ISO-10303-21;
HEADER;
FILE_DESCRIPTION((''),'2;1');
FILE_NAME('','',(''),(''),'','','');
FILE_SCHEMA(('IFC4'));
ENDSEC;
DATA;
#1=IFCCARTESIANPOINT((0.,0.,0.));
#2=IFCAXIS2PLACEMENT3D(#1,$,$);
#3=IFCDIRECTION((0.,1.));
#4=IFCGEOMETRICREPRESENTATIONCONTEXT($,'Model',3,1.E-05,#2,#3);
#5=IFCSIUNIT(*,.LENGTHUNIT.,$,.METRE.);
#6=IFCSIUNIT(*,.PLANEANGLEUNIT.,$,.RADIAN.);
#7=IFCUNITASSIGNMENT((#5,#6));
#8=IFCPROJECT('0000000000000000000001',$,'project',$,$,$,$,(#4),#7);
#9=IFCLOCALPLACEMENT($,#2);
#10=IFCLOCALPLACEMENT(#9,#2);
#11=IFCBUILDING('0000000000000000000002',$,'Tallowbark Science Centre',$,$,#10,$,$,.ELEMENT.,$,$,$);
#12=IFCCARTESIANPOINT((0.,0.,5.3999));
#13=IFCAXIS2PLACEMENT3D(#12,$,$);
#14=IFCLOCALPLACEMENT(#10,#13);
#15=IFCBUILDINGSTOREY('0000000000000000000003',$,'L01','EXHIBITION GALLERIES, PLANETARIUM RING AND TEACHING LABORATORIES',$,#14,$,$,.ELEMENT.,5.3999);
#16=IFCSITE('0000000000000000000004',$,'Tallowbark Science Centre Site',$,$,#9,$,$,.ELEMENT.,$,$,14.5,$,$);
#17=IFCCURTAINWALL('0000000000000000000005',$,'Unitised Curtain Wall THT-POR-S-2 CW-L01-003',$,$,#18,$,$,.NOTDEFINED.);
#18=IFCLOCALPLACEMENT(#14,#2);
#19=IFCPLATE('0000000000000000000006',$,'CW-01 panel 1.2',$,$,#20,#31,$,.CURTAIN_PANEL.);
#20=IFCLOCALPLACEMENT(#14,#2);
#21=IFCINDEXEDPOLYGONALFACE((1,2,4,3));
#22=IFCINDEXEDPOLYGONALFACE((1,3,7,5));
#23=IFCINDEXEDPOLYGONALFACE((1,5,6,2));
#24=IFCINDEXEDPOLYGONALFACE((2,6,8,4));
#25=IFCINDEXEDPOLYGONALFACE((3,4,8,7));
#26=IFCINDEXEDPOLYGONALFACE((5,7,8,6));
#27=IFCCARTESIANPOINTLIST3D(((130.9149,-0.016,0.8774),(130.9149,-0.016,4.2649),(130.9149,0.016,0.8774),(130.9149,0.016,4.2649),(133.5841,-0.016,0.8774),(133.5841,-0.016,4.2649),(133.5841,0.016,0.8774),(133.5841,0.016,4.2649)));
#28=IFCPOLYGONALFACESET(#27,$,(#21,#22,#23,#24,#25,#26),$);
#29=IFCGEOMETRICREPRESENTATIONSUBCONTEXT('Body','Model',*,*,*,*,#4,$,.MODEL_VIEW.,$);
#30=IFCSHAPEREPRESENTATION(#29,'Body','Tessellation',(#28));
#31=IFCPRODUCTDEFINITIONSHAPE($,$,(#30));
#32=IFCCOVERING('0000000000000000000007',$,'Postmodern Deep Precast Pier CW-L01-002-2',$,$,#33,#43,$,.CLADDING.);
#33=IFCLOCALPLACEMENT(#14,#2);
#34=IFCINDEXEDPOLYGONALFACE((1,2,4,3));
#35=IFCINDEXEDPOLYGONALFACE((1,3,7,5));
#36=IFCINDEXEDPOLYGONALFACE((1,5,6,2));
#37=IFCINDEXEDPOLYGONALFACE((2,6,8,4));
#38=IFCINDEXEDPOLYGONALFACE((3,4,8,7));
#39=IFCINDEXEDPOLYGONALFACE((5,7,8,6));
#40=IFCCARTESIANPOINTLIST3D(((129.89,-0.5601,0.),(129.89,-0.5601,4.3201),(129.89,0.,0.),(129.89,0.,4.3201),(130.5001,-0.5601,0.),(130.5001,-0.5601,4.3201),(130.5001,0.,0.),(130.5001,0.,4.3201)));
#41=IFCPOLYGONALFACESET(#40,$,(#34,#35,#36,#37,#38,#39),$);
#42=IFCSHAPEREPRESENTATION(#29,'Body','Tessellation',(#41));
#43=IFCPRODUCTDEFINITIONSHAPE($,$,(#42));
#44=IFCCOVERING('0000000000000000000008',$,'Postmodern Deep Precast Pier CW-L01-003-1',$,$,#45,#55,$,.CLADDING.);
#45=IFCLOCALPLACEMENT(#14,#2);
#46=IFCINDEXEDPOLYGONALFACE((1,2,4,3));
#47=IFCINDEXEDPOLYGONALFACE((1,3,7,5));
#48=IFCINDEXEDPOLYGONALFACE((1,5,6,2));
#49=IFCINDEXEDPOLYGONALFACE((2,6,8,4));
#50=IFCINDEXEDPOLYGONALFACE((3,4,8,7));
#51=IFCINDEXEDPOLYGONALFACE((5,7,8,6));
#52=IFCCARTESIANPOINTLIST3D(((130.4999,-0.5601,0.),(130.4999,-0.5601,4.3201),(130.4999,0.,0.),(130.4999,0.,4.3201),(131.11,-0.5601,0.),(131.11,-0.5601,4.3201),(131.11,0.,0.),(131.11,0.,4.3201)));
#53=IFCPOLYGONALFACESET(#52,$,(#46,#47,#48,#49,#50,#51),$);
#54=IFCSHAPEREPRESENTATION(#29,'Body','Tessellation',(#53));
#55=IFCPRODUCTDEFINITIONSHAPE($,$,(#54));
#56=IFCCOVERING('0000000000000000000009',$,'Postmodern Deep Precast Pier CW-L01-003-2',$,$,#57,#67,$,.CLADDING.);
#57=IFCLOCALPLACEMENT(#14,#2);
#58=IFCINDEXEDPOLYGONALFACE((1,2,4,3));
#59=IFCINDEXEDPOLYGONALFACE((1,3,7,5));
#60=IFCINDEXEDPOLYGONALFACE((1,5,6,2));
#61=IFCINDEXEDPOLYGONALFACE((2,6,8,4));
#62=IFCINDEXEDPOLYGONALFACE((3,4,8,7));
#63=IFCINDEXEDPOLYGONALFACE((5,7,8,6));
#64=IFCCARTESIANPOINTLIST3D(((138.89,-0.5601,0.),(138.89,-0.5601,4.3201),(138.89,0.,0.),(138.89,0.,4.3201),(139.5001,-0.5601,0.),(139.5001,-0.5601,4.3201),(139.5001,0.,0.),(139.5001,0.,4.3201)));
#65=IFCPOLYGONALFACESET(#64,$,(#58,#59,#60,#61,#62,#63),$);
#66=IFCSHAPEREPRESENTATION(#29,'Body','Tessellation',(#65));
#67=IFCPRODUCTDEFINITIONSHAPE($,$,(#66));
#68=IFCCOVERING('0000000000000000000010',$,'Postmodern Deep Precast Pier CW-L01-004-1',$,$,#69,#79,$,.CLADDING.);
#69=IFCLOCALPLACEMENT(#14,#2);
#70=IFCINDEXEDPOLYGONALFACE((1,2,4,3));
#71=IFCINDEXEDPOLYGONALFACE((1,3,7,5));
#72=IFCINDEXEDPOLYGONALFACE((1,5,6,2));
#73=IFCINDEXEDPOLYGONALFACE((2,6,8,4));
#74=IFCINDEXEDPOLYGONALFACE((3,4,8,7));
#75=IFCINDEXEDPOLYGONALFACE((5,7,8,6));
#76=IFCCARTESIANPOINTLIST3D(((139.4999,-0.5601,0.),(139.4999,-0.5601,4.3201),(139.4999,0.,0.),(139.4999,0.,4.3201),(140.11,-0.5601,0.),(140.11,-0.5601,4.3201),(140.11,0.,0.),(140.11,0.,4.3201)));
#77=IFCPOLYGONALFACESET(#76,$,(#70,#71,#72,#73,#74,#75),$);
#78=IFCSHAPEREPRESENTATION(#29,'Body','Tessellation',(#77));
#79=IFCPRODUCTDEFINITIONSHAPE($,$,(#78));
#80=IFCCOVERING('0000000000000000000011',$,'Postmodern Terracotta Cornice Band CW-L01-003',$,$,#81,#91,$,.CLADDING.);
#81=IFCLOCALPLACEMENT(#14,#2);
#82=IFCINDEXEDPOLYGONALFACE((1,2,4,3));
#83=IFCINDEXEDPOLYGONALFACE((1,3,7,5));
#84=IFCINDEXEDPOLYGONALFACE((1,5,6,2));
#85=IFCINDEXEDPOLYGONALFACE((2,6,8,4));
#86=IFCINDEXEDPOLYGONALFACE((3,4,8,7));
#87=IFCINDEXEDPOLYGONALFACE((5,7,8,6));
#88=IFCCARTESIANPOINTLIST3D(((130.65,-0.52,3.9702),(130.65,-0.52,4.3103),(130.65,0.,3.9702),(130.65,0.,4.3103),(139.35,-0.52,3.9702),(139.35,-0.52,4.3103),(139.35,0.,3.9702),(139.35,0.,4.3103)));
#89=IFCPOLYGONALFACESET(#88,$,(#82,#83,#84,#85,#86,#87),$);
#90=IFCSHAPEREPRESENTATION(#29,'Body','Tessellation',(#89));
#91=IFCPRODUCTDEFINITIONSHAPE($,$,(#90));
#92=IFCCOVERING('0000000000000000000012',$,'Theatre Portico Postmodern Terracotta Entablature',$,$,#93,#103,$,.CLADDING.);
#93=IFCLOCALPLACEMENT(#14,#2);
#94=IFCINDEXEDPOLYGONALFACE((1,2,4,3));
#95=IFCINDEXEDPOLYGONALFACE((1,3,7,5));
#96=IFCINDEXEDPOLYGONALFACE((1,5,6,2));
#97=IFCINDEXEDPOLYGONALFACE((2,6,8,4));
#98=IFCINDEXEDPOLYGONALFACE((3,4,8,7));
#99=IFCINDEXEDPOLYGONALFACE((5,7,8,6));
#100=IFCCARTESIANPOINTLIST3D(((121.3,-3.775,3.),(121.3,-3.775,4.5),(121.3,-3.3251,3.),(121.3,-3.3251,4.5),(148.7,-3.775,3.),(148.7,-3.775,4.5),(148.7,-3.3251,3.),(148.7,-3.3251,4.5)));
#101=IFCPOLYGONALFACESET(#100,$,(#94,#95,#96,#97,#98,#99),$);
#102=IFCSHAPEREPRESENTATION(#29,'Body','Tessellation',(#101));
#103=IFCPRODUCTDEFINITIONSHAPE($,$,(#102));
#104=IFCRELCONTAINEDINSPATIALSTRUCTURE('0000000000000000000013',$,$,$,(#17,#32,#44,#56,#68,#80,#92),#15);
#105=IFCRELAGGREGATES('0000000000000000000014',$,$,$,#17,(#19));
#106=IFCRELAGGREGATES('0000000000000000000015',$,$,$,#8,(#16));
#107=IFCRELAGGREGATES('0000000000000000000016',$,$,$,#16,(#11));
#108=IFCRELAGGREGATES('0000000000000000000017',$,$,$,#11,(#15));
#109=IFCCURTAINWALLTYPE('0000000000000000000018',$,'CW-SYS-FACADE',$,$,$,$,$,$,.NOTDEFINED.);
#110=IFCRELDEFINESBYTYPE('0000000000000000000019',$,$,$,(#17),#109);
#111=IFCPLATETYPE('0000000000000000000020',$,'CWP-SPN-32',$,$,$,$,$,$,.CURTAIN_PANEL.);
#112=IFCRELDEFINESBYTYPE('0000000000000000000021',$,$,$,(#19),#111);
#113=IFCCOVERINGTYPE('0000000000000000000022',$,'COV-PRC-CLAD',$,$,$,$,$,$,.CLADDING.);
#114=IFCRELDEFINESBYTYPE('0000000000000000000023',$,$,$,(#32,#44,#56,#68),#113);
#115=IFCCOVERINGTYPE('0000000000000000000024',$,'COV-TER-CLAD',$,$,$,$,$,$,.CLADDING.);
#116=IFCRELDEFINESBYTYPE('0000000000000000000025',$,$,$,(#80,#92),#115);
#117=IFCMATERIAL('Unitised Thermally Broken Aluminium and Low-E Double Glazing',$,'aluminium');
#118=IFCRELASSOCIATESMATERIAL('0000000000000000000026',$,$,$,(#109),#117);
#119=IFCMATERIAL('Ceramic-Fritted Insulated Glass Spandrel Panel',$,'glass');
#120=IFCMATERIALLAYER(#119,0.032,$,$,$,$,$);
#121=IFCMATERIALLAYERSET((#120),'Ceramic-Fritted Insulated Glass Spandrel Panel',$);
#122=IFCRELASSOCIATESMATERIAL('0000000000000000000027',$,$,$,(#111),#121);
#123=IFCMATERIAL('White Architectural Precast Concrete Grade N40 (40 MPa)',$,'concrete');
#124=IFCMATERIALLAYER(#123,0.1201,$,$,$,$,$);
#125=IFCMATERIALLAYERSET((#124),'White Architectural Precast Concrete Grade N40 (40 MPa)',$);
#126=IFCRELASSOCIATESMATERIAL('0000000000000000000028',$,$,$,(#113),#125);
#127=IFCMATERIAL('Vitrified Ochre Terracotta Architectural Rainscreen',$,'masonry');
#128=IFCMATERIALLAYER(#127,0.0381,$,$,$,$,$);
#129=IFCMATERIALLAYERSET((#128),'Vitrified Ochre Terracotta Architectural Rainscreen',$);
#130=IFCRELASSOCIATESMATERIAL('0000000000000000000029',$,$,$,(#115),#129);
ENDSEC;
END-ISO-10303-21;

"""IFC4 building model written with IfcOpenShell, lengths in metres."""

from ifc_helpers import new_model, si_unit, direction, frame, origin, origin_2d, place, context, subcontext, project, spatial, rectangle, extrude, material, layer, layer_set, type_object, element, aggregate, save


model = new_model("IFC4")

# Units and contexts
model_context = context("Model", 3, precision=1e-05, world=origin(), true_north=direction((0.0, 1.0)))
body_context = subcontext(model_context, "Body", "Model", "MODEL_VIEW")
ifc_project = project(units=[si_unit("LENGTHUNIT", "METRE"), si_unit("PLANEANGLEUNIT", "RADIAN")], contexts=[model_context])

# Site, building, storey
site_placement = place(None, origin())
site = spatial("IfcSite", under=ifc_project, at=site_placement, Name="Tallowbark Science Centre Site", CompositionType="ELEMENT", RefElevation=14.5)
building_placement = place(site_placement, origin())
building = spatial("IfcBuilding", under=site, at=building_placement, Name="Tallowbark Science Centre", CompositionType="ELEMENT")
storey_placement = place(building_placement, frame((0.0, 0.0, 5.3999)))
storey = spatial("IfcBuildingStorey", under=building, at=storey_placement, Name="L01", Description="EXHIBITION GALLERIES, PLANETARIUM RING AND TEACHING LABORATORIES", CompositionType="ELEMENT", Elevation=5.3999)

# Shared definitions
ifc_material_1 = material(Name="Unitised Thermally Broken Aluminium and Low-E Double Glazing", Category="aluminium")
curtain_wall_type = type_object("IfcCurtainWallType", Name="CW-SYS-FACADE", PredefinedType="NOTDEFINED", material=ifc_material_1)

# Curtain wall
curtain_wall_1_placement = place(storey_placement, origin())
curtain_wall_1 = element("IfcCurtainWall", 1, at=curtain_wall_1_placement, inside=storey, type_object=curtain_wall_type, Name="Unitised Curtain Wall THT-POR-S-2 CW-L01-003", PredefinedType="NOTDEFINED")

# Plate
ifc_material_2 = material(Name="Ceramic-Fritted Insulated Glass Spandrel Panel", Category="glass")
ifc_layer_1 = layer(ifc_material_2, 0.032)
ifc_layer_set_1 = layer_set([ifc_layer_1], Name="Ceramic-Fritted Insulated Glass Spandrel Panel")
plate_type_1 = type_object("IfcPlateType", Name="CWP-SPN-32", PredefinedType="CURTAIN_PANEL", material=ifc_layer_set_1)
plate_1_placement = place(storey_placement, frame((132.2495, 0.0, 0.8774), z_axis=(0.0, 0.0, 1.0), x_axis=(1.0, 0.0, 0.0)))
plate_1 = element("IfcPlate", 2, at=plate_1_placement, type_object=plate_type_1, Name="CW-01 panel 1.2", PredefinedType="CURTAIN_PANEL", context=body_context, shape_type="SweptSolid", body=[
    extrude(rectangle(XDim=2.6692, YDim=0.032, at=origin_2d()), origin(), (0.0, 0.0, 1.0), 3.3875),
])
aggregate(curtain_wall_1, [plate_1])

# Coverings
ifc_material_3 = material(Name="White Architectural Precast Concrete Grade N40 (40 MPa)", Category="concrete")
ifc_layer_2 = layer(ifc_material_3, 0.1201)
ifc_layer_set_2 = layer_set([ifc_layer_2], Name="White Architectural Precast Concrete Grade N40 (40 MPa)")
covering_type_1 = type_object("IfcCoveringType", Name="COV-PRC-CLAD", PredefinedType="CLADDING", material=ifc_layer_set_2)
for number, where, z_axis, x_axis, name in (
    (3, (130.1951, -0.28, 0.0), (0.0, 0.0, 1.0), (1.0, 0.0, 0.0), "Postmodern Deep Precast Pier CW-L01-002-2"),
    (4, (130.8049, -0.28, 0.0), (0.0, 0.0, 1.0), (1.0, 0.0, 0.0), "Postmodern Deep Precast Pier CW-L01-003-1"),
    (5, (139.1951, -0.28, 0.0), (0.0, 0.0, 1.0), (1.0, 0.0, 0.0), "Postmodern Deep Precast Pier CW-L01-003-2"),
    (6, (139.8049, -0.28, 0.0), (0.0, 0.0, 1.0), (1.0, 0.0, 0.0), "Postmodern Deep Precast Pier CW-L01-004-1"),
):
    element("IfcCovering", number, at=place(storey_placement, frame(where, z_axis=z_axis, x_axis=x_axis)), inside=storey, type_object=covering_type_1, Name=name, PredefinedType="CLADDING", context=body_context, shape_type="SweptSolid", body=[
        extrude(rectangle(XDim=0.6101, YDim=0.5601, at=origin_2d()), origin(), (0.0, 0.0, 1.0), 4.3201),
    ])
ifc_material_4 = material(Name="Vitrified Ochre Terracotta Architectural Rainscreen", Category="masonry")
ifc_layer_3 = layer(ifc_material_4, 0.0381)
ifc_layer_set_3 = layer_set([ifc_layer_3], Name="Vitrified Ochre Terracotta Architectural Rainscreen")
covering_type_2 = type_object("IfcCoveringType", Name="COV-TER-CLAD", PredefinedType="CLADDING", material=ifc_layer_set_3)
covering_1_placement = place(storey_placement, frame((135.0, -0.26, 3.9702), z_axis=(0.0, 0.0, 1.0), x_axis=(1.0, 0.0, 0.0)))
element("IfcCovering", 7, at=covering_1_placement, inside=storey, type_object=covering_type_2, Name="Postmodern Terracotta Cornice Band CW-L01-003", PredefinedType="CLADDING", context=body_context, shape_type="SweptSolid", body=[
    extrude(rectangle(XDim=8.7, YDim=0.52, at=origin_2d()), origin(), (0.0, 0.0, 1.0), 0.3401),
])
covering_2_placement = place(storey_placement, frame((135.0, -3.55, 3.0), z_axis=(0.0, 0.0, 1.0), x_axis=(1.0, 0.0, 0.0)))
element("IfcCovering", 8, at=covering_2_placement, inside=storey, type_object=covering_type_2, Name="Theatre Portico Postmodern Terracotta Entablature", PredefinedType="CLADDING", context=body_context, shape_type="SweptSolid", body=[
    extrude(rectangle(XDim=27.3999, YDim=0.45, at=origin_2d()), origin(), (0.0, 0.0, 1.0), 1.5),
])

save(model, "model.ifc")
